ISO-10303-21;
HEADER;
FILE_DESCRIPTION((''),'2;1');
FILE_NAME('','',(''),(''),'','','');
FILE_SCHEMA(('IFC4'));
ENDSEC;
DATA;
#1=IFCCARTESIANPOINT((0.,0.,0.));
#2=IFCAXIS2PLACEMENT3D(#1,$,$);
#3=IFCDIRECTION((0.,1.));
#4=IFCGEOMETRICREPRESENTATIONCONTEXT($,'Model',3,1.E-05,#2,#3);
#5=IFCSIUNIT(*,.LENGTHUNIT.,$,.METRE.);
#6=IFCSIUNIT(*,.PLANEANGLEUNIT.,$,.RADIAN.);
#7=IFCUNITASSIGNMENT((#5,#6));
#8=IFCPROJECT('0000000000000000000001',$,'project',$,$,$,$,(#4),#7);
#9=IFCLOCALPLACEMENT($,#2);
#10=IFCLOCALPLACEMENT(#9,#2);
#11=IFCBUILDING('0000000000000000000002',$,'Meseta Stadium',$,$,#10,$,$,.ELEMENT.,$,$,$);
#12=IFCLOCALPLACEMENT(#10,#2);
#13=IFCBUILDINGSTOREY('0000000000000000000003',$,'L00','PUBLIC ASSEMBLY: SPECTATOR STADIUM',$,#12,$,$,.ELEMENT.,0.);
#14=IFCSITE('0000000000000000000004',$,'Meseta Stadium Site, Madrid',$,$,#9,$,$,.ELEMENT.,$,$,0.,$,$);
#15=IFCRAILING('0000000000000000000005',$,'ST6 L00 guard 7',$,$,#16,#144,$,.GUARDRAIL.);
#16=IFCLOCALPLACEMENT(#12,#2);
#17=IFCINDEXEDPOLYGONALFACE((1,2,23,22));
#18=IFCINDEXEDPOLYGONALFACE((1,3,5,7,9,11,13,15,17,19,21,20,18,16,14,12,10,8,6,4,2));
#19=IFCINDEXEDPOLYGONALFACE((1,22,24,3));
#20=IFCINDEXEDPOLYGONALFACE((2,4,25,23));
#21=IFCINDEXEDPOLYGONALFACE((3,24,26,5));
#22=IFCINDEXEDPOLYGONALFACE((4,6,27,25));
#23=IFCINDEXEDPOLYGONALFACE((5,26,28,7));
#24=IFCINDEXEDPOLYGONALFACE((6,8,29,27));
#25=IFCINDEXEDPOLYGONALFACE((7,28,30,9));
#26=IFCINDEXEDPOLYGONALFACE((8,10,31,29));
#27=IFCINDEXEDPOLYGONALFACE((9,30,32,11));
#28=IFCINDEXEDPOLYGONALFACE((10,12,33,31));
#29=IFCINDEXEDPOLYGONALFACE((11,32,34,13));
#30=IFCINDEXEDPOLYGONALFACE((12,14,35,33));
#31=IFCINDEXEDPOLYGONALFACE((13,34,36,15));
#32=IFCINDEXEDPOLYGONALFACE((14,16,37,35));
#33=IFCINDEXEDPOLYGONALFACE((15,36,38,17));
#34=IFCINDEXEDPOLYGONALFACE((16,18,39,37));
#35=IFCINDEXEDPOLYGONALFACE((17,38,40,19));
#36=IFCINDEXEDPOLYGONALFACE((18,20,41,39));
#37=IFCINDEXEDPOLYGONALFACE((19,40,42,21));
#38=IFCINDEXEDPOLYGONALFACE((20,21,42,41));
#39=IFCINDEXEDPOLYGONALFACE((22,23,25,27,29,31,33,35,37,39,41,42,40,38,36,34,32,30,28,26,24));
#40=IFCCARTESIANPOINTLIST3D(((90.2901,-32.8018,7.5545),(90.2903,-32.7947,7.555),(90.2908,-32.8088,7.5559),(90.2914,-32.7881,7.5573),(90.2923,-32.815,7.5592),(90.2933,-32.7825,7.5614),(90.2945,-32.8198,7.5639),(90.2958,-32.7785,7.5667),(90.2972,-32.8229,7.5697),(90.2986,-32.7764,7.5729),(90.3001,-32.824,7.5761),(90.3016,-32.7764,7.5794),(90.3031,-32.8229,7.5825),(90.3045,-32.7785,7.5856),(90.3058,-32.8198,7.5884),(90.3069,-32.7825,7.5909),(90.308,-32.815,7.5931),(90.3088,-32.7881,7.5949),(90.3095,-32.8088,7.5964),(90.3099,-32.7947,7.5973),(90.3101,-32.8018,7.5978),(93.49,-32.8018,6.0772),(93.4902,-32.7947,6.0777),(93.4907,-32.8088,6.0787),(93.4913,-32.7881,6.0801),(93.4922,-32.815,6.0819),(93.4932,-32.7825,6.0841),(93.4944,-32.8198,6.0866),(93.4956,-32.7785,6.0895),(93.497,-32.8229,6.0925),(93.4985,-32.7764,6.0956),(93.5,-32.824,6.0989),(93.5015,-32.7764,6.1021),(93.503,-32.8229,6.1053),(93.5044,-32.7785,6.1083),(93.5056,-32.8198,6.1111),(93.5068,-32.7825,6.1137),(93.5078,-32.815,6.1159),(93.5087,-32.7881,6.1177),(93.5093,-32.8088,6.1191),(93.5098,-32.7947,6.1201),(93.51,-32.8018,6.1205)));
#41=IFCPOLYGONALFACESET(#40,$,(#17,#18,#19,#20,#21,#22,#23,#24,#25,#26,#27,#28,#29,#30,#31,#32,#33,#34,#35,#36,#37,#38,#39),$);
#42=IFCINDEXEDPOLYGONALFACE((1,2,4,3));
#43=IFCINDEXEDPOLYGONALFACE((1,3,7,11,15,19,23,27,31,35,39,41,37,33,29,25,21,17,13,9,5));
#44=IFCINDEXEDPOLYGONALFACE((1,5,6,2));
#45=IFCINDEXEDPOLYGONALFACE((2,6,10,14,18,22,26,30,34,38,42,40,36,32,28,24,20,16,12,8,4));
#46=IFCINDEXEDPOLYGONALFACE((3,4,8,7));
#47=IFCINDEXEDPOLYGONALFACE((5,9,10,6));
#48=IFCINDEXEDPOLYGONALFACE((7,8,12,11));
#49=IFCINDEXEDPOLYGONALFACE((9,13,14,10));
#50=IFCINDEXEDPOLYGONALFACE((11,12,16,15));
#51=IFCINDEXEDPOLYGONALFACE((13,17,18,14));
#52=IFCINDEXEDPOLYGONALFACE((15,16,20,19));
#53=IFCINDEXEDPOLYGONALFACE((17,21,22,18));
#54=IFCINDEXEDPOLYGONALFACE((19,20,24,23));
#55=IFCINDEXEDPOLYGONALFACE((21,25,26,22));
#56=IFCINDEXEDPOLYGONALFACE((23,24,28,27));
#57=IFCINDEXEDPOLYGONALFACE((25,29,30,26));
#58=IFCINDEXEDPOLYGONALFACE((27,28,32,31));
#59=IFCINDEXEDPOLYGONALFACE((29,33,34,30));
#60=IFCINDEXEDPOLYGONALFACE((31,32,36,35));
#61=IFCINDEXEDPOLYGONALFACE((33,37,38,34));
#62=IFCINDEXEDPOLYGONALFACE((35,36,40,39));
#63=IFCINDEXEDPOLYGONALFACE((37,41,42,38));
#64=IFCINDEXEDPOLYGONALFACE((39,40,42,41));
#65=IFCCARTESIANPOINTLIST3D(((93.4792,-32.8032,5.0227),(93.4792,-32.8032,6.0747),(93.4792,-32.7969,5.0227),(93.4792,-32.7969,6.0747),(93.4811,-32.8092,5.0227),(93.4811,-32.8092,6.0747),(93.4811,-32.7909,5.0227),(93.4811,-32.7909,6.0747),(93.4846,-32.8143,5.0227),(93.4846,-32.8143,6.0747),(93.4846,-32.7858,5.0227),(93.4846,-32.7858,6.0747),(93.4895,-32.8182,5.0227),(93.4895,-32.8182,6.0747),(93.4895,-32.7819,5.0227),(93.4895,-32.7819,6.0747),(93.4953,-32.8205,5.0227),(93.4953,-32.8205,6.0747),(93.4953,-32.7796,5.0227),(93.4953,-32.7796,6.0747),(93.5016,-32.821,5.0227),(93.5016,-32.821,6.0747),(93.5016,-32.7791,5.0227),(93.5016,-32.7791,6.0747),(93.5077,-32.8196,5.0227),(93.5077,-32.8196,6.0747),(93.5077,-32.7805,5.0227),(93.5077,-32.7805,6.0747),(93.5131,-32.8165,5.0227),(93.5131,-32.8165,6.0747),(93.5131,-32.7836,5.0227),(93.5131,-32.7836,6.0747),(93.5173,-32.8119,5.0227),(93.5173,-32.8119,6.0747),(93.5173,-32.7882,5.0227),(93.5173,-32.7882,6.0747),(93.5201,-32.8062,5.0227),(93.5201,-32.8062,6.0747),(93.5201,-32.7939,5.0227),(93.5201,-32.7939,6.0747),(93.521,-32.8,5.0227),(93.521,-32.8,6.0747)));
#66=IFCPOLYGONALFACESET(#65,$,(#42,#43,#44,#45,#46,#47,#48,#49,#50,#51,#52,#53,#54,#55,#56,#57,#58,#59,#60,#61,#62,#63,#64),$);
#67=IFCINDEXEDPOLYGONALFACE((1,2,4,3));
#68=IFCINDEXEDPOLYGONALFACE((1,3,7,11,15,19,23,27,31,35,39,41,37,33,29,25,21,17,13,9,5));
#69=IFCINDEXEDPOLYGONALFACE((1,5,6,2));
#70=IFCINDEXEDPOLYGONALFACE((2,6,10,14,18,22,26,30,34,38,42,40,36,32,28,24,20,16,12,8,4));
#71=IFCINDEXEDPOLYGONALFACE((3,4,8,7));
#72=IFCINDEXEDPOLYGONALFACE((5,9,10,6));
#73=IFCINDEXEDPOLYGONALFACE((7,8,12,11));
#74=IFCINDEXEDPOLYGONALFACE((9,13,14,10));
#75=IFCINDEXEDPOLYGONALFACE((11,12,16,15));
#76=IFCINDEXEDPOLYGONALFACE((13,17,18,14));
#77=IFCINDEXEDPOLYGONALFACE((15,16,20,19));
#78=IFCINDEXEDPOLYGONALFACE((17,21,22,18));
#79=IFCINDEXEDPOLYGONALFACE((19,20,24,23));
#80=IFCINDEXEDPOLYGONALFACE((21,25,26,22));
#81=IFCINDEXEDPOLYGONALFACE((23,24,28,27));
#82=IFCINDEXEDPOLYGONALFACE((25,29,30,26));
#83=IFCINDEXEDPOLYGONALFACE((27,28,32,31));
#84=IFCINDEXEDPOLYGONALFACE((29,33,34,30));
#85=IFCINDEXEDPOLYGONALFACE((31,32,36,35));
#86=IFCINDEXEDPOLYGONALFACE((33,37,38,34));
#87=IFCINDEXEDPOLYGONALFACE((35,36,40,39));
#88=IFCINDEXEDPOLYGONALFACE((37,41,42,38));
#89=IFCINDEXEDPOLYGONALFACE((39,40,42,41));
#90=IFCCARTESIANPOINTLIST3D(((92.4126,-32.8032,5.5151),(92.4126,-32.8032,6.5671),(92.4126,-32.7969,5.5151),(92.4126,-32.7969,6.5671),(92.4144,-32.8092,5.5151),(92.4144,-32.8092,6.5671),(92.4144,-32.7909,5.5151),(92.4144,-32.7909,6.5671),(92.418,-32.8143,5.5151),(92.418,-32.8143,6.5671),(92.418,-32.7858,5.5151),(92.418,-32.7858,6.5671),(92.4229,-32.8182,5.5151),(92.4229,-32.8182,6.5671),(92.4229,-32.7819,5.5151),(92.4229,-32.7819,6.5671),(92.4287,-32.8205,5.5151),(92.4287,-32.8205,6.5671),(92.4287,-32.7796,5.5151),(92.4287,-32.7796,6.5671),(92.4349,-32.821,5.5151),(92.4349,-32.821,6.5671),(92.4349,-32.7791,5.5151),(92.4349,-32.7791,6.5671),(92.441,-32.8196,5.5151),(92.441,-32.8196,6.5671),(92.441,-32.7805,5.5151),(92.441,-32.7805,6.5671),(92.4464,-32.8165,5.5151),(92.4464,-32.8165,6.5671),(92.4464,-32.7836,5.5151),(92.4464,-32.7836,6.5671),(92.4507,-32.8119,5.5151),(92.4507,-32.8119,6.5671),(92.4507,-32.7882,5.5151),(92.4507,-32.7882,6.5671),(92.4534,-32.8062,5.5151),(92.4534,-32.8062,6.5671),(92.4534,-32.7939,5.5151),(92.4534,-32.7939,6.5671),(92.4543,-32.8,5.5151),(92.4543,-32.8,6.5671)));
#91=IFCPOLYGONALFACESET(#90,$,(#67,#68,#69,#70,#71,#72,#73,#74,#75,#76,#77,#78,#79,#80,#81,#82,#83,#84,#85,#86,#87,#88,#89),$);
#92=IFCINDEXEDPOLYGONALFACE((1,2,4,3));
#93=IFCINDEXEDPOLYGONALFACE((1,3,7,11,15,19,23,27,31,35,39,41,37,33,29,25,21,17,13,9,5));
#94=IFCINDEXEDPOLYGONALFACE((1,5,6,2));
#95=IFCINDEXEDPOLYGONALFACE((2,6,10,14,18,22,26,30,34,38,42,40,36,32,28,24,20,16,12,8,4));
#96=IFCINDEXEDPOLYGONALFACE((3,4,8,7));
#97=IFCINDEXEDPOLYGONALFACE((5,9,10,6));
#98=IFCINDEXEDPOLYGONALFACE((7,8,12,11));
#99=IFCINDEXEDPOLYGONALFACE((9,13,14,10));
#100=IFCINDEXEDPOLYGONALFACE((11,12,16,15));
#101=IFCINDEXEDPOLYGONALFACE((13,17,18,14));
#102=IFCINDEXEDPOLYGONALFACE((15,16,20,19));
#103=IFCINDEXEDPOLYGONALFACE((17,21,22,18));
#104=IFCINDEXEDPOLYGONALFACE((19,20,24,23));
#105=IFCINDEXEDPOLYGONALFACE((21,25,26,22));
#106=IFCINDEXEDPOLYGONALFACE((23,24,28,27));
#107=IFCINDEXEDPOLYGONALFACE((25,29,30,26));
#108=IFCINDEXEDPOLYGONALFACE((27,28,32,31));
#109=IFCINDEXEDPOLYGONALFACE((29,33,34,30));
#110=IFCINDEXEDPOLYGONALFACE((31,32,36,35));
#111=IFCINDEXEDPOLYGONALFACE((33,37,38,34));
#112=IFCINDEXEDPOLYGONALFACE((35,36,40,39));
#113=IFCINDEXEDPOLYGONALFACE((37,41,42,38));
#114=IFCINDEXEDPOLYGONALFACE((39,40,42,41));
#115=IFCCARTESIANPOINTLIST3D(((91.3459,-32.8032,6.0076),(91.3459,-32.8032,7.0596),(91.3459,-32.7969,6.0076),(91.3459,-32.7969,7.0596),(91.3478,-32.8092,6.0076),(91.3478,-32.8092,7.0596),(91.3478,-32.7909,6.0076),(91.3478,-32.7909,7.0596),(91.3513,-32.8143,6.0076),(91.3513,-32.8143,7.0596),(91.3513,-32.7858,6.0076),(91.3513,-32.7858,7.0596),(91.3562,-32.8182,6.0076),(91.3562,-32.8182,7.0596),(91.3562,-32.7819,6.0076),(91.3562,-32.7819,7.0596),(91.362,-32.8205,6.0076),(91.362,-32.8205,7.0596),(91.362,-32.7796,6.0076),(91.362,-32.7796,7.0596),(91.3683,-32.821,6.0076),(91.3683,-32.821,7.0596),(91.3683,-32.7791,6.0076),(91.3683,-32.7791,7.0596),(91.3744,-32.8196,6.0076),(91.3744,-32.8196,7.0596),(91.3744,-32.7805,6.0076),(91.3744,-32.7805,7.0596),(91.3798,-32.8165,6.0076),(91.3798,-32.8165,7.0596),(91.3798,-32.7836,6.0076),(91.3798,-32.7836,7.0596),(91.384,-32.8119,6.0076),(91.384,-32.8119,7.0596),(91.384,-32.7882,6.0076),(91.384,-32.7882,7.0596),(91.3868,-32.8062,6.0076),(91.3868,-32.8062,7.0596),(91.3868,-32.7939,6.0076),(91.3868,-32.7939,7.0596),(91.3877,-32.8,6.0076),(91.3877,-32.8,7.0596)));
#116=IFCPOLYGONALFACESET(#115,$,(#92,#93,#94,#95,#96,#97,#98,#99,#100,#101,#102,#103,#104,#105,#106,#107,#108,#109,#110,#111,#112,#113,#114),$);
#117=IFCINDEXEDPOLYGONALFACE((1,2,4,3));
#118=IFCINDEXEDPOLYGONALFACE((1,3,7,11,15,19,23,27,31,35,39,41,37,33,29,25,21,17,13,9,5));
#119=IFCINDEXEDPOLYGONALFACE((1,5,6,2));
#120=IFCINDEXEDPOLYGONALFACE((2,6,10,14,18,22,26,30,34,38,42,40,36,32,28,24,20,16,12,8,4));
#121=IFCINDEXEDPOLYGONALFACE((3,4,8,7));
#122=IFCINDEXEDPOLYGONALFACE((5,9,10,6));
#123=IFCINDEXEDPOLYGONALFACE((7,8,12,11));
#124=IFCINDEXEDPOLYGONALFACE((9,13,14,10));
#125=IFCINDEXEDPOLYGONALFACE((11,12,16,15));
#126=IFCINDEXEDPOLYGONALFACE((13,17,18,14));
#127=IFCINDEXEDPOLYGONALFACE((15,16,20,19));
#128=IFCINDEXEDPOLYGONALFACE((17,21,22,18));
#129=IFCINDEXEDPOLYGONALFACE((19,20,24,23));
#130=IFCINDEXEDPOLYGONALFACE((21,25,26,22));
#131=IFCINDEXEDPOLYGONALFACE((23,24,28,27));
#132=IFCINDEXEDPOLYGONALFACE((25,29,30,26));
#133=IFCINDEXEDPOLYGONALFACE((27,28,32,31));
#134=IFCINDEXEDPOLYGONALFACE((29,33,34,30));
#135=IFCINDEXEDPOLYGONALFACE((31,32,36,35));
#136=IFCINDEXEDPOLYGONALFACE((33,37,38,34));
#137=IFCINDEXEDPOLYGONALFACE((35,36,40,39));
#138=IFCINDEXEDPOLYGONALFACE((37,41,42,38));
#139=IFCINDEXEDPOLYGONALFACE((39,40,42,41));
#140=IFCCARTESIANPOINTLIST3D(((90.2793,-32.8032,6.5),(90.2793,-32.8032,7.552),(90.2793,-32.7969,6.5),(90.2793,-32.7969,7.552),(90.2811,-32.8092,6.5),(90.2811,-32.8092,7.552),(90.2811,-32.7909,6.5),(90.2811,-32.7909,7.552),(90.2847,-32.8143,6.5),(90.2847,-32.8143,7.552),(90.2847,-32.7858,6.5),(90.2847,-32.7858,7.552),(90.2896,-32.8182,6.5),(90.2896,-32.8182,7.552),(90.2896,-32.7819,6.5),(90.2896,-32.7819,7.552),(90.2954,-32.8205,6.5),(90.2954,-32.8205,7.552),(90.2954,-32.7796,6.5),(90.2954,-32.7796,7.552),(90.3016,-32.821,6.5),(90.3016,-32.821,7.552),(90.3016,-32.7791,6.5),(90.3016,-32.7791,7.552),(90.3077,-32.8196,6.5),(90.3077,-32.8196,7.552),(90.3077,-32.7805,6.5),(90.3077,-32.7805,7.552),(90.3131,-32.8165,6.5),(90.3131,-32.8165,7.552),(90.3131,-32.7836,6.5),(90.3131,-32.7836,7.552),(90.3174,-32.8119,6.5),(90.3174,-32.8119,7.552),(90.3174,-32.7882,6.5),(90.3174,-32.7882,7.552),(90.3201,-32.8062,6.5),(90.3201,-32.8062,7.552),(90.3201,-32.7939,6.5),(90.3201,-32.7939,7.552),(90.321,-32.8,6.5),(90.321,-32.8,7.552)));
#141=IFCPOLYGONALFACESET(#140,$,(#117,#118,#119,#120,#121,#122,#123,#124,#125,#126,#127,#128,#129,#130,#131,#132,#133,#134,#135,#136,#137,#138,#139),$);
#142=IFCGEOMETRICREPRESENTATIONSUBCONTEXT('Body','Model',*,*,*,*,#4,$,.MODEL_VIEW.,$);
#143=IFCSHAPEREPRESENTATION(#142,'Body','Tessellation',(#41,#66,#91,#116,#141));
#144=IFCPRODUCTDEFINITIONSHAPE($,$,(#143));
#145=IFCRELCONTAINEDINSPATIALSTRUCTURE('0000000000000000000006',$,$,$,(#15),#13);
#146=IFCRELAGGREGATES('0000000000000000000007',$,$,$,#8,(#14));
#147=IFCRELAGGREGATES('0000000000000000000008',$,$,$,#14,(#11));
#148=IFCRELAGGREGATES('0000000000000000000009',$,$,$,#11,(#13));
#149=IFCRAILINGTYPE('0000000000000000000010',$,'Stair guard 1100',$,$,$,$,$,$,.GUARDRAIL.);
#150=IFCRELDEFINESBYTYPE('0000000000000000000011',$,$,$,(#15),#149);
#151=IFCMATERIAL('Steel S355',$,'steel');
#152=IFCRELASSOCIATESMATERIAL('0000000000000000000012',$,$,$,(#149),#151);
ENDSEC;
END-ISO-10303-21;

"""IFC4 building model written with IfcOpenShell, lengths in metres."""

from ifc_helpers import new_model, si_unit, direction, frame, origin, origin_2d, place, context, subcontext, project, spatial, circle, extrude, material, type_object, element, save


model = new_model("IFC4")

# Units and contexts
model_context = context("Model", 3, precision=1e-05, world=origin(), true_north=direction((0.0, 1.0)))
body_context = subcontext(model_context, "Body", "Model", "MODEL_VIEW")
ifc_project = project(units=[si_unit("LENGTHUNIT", "METRE"), si_unit("PLANEANGLEUNIT", "RADIAN")], contexts=[model_context])

# Site, building, storey
site_placement = place(None, origin())
site = spatial("IfcSite", under=ifc_project, at=site_placement, Name="Meseta Stadium Site, Madrid", CompositionType="ELEMENT", RefElevation=0.0)
building_placement = place(site_placement, origin())
building = spatial("IfcBuilding", under=site, at=building_placement, Name="Meseta Stadium", CompositionType="ELEMENT")
storey_placement = place(building_placement, origin())
storey = spatial("IfcBuildingStorey", under=building, at=storey_placement, Name="L00", Description="PUBLIC ASSEMBLY: SPECTATOR STADIUM", CompositionType="ELEMENT", Elevation=0.0)

# Railing
ifc_material_1 = material(Name="Steel S355", Category="steel")
railing_type_1 = type_object("IfcRailingType", Name="Stair guard 1100", PredefinedType="GUARDRAIL", material=ifc_material_1)
railing_1_placement = place(storey_placement, frame((93.5, -32.8, 5.0227)))
element("IfcRailing", 1, at=railing_1_placement, inside=storey, type_object=railing_type_1, Name="ST6 L00 guard 7", PredefinedType="GUARDRAIL", context=body_context, shape_type="SweptSolid", body=[
    extrude(circle(Radius=0.0239, at=origin_2d()), frame((0.0, 0.0, 1.0762), z_axis=(-0.907917, 0.0, 0.41915), x_axis=(0.0, -1.0, 0.0)), (0.0, 0.0, 1.0), 3.5244),
    extrude(circle(Radius=0.021, at=origin_2d()), origin(), (0.0, 0.0, 1.0), 1.052),
    extrude(circle(Radius=0.021, at=origin_2d()), frame((-1.0667, 0.0, 0.4924)), (0.0, 0.0, 1.0), 1.052),
    extrude(circle(Radius=0.021, at=origin_2d()), frame((-2.1333, 0.0, 0.9849)), (0.0, 0.0, 1.0), 1.052),
    extrude(circle(Radius=0.021, at=origin_2d()), frame((-3.2, 0.0, 1.4773)), (0.0, 0.0, 1.0), 1.052),
])

save(model, "model.ifc")
